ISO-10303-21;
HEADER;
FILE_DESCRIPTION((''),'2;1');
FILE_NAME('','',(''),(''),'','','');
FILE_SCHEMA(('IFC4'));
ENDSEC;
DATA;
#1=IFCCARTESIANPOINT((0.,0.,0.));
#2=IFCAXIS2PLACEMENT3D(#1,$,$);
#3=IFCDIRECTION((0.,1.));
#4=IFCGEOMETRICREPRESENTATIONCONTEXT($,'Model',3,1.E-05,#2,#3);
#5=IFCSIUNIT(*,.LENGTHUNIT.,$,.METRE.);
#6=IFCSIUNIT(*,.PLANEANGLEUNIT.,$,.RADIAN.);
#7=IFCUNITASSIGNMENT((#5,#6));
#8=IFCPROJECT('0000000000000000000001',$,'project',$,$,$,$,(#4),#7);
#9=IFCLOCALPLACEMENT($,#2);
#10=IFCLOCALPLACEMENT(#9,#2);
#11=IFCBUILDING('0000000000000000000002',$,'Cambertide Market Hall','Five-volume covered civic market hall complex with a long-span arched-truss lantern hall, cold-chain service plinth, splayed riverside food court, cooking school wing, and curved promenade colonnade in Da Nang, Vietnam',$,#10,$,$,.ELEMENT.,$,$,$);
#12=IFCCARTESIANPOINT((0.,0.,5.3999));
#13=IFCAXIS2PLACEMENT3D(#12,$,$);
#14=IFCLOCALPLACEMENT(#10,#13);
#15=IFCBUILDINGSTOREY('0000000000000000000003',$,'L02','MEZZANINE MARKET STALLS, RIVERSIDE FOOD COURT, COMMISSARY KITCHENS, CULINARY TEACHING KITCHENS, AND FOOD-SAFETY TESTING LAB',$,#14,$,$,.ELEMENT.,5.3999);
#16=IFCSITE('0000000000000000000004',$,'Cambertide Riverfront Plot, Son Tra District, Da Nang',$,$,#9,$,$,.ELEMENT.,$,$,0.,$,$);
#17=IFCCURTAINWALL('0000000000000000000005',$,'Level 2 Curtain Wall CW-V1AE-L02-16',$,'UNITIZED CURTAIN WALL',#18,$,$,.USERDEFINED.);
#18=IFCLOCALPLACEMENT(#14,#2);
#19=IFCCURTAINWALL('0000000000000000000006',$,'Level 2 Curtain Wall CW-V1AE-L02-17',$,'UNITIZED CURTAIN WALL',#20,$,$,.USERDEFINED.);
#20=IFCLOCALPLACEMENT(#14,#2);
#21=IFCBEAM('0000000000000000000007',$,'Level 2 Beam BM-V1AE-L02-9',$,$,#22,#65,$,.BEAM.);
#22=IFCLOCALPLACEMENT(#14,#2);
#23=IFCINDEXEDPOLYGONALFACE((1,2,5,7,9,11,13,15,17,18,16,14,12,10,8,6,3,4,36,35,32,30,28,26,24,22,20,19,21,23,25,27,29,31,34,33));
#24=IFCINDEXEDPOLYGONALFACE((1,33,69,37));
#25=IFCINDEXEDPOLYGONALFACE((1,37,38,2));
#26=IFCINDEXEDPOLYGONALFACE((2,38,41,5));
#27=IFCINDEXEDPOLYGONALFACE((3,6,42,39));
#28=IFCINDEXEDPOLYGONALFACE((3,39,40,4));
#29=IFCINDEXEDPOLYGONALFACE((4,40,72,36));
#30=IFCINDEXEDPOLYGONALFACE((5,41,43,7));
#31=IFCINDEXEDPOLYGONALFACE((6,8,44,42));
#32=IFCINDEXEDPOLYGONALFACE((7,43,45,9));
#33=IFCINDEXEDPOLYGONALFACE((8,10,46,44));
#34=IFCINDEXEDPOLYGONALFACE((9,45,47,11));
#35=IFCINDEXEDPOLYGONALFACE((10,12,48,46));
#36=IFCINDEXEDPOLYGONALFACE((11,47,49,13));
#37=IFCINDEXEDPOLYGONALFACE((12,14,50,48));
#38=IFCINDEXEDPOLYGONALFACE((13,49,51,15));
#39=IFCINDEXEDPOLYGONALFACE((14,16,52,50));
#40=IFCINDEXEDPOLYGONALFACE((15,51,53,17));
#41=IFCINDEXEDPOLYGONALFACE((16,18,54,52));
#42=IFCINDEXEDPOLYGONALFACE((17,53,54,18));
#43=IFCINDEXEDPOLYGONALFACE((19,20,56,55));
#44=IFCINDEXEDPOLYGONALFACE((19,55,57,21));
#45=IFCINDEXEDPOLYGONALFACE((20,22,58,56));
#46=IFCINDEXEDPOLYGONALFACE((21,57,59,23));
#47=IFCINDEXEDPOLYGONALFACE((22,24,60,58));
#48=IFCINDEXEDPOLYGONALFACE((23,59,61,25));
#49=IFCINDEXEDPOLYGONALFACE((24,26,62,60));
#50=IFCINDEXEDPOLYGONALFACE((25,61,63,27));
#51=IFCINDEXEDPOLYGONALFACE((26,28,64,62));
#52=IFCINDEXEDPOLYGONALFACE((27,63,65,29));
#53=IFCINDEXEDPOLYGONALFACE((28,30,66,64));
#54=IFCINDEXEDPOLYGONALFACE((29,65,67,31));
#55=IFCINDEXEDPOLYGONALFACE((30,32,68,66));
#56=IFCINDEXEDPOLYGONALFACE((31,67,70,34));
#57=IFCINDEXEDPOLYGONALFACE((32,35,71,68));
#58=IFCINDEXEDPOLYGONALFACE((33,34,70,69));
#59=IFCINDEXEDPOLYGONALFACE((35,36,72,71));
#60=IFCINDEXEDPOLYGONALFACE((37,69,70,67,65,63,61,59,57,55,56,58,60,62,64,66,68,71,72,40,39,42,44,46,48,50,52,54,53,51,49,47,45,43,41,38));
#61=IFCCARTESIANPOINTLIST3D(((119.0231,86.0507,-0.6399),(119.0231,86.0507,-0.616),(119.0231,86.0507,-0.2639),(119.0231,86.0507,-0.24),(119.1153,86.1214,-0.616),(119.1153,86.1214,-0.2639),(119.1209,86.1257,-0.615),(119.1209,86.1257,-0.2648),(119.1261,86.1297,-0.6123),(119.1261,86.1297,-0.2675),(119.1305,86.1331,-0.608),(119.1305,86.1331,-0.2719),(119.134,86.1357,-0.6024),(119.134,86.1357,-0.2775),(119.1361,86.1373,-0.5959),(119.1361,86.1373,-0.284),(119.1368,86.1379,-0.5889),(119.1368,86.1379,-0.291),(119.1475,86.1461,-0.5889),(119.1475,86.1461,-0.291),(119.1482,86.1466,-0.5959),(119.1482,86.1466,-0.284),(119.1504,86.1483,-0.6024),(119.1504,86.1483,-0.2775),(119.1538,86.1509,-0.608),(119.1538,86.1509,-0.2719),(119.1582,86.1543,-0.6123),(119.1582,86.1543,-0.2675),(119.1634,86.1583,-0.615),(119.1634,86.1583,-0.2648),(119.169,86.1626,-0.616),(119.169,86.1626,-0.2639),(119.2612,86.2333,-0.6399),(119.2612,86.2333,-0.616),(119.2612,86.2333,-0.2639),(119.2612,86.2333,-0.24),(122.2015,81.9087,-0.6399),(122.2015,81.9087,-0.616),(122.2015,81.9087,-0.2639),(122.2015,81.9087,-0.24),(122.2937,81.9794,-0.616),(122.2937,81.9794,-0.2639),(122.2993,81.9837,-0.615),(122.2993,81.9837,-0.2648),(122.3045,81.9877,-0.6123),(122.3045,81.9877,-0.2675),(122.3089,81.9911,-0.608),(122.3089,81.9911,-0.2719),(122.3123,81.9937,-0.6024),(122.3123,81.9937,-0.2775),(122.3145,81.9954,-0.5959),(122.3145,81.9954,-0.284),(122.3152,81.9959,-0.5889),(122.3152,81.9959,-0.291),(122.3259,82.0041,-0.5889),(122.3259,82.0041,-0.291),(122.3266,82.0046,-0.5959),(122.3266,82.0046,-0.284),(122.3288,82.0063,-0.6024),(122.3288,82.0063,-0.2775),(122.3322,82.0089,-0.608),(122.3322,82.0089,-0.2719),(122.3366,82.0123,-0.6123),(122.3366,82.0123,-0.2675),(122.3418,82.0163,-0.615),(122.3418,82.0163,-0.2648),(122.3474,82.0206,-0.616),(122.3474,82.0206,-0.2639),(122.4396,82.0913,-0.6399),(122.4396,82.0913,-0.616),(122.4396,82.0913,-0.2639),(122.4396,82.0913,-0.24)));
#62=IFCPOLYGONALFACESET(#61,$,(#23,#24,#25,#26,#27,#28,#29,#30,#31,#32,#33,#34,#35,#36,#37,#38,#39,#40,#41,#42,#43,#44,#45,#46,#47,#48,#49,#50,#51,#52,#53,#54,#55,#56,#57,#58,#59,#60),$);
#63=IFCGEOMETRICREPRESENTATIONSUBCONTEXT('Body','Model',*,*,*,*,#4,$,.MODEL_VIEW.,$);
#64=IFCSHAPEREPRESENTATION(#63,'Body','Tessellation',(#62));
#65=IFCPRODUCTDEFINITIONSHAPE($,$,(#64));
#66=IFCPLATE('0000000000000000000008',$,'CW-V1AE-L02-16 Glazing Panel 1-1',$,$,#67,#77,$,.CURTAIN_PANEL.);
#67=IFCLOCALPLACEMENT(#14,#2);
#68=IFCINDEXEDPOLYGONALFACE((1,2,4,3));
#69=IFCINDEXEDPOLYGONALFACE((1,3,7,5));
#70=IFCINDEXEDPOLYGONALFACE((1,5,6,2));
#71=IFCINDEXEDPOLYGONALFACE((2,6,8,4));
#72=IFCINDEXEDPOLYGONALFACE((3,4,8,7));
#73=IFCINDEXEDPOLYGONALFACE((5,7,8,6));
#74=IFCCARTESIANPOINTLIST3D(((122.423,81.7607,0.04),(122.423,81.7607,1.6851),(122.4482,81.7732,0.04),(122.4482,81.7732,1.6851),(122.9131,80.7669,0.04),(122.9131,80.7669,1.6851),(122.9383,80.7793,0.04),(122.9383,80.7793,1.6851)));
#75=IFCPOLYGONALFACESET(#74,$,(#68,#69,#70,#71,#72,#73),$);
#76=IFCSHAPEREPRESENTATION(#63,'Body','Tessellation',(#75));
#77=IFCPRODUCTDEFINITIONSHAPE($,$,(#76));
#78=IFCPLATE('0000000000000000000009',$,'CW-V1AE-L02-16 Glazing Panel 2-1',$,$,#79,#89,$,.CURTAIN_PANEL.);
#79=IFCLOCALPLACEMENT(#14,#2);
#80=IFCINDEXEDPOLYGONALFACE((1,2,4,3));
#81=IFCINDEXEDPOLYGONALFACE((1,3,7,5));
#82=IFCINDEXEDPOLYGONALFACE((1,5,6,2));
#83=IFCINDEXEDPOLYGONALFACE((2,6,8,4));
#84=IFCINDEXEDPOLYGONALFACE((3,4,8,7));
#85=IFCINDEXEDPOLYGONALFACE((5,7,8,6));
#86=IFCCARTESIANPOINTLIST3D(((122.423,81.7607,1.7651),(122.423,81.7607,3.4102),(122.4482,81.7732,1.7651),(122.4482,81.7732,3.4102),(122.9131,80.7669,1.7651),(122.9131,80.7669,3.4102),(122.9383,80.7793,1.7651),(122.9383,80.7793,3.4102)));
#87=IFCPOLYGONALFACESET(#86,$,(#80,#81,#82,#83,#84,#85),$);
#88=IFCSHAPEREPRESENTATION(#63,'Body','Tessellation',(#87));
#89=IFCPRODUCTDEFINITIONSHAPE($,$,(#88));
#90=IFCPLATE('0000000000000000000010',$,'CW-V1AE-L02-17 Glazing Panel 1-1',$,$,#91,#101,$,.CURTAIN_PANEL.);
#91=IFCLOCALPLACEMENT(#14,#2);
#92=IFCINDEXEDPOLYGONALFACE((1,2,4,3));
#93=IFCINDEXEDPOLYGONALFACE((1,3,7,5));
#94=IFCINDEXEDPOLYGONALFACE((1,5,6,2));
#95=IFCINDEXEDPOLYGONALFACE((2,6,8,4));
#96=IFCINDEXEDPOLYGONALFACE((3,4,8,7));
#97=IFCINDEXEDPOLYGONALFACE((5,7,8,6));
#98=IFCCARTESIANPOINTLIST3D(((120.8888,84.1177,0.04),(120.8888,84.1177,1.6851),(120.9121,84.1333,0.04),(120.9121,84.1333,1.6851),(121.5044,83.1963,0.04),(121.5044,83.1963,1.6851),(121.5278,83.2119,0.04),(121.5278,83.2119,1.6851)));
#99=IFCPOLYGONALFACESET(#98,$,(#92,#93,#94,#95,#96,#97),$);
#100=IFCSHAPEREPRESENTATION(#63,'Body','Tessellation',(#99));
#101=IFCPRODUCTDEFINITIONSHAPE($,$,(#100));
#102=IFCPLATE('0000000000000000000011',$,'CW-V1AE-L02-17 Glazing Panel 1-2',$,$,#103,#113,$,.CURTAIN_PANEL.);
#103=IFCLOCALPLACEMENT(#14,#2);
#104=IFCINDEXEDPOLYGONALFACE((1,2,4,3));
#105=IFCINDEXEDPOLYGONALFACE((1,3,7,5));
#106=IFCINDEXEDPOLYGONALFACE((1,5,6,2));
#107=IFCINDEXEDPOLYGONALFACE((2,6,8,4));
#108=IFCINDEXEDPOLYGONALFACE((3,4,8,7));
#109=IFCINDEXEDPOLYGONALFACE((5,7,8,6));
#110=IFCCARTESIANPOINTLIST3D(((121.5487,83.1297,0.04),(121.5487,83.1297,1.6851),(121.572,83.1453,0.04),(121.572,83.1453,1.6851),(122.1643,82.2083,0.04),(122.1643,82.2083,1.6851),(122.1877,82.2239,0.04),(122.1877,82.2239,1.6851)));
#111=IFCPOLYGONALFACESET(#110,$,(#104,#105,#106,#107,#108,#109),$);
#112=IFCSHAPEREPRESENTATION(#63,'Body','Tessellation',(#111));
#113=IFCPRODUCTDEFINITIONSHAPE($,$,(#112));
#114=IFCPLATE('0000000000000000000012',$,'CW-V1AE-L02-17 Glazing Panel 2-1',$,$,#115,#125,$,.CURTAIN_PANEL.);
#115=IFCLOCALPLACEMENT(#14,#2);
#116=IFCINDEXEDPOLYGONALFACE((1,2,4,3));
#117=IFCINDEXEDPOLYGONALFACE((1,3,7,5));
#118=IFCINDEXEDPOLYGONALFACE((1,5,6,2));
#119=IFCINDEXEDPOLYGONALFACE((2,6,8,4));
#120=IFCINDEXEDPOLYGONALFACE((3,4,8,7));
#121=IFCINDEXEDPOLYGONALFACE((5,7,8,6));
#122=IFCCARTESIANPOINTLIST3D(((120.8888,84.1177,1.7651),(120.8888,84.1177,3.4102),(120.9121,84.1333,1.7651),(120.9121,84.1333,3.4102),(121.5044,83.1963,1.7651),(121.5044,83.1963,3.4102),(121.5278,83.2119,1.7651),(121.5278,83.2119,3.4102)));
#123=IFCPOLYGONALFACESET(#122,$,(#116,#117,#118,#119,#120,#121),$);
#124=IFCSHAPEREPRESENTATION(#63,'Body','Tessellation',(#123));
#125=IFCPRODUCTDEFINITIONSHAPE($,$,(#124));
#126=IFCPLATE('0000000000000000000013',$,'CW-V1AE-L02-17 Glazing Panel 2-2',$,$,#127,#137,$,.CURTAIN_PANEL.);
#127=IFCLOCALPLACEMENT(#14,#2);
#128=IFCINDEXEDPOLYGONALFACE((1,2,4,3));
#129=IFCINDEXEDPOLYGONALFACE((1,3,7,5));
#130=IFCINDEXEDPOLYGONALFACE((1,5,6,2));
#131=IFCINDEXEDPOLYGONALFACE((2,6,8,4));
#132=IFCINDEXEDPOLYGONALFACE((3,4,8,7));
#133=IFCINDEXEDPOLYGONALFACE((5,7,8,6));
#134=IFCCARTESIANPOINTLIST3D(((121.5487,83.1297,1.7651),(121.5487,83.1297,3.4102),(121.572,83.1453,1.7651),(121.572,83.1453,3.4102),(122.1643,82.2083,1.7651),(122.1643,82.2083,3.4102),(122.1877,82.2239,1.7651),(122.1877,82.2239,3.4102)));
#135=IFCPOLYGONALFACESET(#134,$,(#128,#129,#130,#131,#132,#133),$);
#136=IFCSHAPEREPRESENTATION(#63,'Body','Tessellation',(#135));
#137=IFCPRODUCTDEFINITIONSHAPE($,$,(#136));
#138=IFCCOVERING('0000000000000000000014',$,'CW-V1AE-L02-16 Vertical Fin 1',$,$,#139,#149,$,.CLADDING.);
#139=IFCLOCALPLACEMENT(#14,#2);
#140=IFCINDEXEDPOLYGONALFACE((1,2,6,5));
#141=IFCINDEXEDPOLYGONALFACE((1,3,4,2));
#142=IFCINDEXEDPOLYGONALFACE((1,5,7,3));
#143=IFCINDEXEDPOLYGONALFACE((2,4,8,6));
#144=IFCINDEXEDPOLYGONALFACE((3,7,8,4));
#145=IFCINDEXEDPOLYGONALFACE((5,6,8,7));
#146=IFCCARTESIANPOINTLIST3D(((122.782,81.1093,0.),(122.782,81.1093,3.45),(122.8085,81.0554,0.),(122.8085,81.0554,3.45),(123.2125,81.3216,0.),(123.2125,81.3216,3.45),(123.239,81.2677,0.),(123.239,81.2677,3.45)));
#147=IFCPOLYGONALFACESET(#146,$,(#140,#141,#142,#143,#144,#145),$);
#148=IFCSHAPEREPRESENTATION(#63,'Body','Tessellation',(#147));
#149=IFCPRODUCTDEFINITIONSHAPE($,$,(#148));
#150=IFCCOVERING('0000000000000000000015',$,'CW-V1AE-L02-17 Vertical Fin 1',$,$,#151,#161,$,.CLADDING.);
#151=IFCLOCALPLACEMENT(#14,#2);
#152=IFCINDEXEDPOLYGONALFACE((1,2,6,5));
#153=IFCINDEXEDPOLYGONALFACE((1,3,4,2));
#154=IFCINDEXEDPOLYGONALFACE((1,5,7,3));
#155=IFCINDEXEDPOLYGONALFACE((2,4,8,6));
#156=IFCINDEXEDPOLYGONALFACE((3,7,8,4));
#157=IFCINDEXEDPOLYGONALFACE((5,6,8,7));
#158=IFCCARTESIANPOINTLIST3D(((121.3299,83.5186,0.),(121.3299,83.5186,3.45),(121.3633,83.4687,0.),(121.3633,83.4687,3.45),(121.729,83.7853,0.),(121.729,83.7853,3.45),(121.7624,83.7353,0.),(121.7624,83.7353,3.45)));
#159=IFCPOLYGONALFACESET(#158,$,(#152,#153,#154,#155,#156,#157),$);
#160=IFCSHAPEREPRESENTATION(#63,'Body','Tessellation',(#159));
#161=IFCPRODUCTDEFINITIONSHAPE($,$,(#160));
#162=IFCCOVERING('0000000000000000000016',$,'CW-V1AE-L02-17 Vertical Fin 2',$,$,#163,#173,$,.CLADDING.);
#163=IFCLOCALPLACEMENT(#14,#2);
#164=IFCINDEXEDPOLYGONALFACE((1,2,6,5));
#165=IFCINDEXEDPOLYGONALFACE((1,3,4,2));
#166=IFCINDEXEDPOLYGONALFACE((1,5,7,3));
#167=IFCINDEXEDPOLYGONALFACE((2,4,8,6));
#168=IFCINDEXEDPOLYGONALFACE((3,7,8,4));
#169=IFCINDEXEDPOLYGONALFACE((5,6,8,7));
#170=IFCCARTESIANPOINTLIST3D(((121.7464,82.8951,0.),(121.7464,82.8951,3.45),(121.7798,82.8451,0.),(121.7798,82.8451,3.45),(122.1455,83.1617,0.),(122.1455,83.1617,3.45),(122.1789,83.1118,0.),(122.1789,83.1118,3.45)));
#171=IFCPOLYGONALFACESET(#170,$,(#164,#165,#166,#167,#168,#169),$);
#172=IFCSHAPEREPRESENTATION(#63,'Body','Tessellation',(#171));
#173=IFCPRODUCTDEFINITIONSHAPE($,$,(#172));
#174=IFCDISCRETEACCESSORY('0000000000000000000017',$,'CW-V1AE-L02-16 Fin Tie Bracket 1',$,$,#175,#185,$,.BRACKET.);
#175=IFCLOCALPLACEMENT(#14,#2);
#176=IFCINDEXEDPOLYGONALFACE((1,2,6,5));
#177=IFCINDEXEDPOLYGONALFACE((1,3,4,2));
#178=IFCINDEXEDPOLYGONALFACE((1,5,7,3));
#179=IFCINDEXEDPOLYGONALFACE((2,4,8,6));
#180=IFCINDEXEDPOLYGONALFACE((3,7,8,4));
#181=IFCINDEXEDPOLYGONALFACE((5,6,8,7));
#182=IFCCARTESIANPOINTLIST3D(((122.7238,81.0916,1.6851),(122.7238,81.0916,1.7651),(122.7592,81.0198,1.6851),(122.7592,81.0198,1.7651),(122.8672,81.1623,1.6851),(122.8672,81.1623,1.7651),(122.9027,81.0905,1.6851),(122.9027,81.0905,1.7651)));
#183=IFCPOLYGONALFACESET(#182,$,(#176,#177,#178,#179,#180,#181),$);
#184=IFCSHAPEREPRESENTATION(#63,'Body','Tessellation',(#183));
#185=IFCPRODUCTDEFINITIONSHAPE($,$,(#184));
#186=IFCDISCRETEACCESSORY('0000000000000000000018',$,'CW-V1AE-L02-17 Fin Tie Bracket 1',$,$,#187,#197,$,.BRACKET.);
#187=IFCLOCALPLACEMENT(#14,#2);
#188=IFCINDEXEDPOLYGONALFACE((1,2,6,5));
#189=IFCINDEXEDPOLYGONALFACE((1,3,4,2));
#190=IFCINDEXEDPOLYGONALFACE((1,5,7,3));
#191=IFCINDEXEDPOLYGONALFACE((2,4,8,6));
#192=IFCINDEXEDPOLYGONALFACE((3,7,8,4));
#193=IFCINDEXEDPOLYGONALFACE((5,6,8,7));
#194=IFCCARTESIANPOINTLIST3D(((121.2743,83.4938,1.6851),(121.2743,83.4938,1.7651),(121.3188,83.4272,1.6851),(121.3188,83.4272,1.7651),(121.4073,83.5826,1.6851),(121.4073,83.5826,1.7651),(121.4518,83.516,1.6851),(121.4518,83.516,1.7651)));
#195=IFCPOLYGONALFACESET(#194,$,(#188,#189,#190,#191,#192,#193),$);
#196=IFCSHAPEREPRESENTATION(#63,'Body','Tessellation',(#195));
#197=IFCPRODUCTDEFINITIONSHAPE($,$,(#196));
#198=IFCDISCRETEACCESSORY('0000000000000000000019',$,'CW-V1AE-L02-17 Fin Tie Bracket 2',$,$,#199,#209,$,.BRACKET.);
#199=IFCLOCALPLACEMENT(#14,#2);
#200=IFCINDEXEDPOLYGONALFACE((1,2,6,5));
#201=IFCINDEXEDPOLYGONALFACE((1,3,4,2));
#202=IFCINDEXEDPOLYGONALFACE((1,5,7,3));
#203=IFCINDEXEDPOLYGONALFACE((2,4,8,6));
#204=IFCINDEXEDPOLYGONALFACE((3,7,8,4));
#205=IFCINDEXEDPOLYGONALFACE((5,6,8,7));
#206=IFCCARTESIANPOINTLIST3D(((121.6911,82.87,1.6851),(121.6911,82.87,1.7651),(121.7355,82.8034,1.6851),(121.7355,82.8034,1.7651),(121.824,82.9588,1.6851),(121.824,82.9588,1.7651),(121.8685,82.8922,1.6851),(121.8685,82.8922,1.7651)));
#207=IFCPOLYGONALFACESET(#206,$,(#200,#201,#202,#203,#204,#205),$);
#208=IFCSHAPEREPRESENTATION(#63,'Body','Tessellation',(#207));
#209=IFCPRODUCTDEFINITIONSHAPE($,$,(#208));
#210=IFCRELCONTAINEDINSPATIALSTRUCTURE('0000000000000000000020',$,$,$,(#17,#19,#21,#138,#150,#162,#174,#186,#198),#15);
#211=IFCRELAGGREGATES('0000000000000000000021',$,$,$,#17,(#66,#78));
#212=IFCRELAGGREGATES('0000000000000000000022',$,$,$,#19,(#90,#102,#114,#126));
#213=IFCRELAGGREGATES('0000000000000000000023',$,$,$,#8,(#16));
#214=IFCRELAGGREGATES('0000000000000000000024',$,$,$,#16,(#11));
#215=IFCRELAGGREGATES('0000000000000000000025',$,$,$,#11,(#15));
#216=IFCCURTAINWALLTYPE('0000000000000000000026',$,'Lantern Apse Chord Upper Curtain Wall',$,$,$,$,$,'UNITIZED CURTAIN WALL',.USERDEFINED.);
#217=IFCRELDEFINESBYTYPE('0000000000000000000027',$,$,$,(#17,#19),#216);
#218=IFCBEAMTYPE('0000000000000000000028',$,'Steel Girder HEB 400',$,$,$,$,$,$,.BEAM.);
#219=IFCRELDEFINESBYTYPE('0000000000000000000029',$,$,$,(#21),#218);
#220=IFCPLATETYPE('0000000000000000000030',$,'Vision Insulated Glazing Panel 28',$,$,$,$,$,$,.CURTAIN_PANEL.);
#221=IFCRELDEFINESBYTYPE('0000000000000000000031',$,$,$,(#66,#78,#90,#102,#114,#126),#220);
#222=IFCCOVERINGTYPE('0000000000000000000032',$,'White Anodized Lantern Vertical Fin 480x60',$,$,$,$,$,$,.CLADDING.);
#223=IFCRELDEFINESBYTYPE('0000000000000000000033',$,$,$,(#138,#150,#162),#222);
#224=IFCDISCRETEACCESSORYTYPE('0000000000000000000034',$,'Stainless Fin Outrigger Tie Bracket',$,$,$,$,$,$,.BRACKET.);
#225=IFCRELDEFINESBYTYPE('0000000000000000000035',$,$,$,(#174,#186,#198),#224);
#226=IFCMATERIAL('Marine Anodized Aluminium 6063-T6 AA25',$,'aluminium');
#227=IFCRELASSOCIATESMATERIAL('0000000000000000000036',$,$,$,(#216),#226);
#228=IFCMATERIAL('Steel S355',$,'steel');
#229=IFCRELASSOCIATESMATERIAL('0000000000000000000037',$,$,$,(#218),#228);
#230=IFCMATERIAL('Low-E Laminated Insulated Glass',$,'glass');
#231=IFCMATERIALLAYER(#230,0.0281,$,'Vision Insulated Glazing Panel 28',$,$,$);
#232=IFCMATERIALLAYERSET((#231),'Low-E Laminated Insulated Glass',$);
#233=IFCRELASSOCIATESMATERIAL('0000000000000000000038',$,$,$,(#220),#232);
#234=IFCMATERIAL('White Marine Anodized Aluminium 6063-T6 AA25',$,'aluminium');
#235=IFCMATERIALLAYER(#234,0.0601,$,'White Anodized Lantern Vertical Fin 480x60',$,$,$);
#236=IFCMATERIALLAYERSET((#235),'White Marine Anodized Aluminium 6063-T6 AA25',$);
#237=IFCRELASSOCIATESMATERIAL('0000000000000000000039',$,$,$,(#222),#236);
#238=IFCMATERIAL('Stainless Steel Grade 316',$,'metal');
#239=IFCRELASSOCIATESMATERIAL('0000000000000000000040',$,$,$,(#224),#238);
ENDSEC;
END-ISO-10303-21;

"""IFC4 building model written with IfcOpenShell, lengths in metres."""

from ifc_helpers import new_model, si_unit, direction, frame, origin, origin_2d, place, context, subcontext, project, spatial, rectangle, i_section, extrude, material, layer, layer_set, material_profile, profile_set, type_object, element, aggregate, save


model = new_model("IFC4")

# Units and contexts
model_context = context("Model", 3, precision=1e-05, world=origin(), true_north=direction((0.0, 1.0)))
body_context = subcontext(model_context, "Body", "Model", "MODEL_VIEW")
ifc_project = project(units=[si_unit("LENGTHUNIT", "METRE"), si_unit("PLANEANGLEUNIT", "RADIAN")], contexts=[model_context])

# Site, building, storey
site_placement = place(None, origin())
site = spatial("IfcSite", under=ifc_project, at=site_placement, Name="Cambertide Riverfront Plot, Son Tra District, Da Nang", CompositionType="ELEMENT", RefElevation=0.0)
building_placement = place(site_placement, origin())
building = spatial("IfcBuilding", under=site, at=building_placement, Name="Cambertide Market Hall", Description="Five-volume covered civic market hall complex with a long-span arched-truss lantern hall, cold-chain service plinth, splayed riverside food court, cooking school wing, and curved promenade colonnade in Da Nang, Vietnam", CompositionType="ELEMENT")
storey_placement = place(building_placement, frame((0.0, 0.0, 5.3999)))
storey = spatial("IfcBuildingStorey", under=building, at=storey_placement, Name="L02", Description="MEZZANINE MARKET STALLS, RIVERSIDE FOOD COURT, COMMISSARY KITCHENS, CULINARY TEACHING KITCHENS, AND FOOD-SAFETY TESTING LAB", CompositionType="ELEMENT", Elevation=5.3999)

# Curtain walls
ifc_material_1 = material(Name="Marine Anodized Aluminium 6063-T6 AA25", Category="aluminium")
curtain_wall_type = type_object("IfcCurtainWallType", Name="Lantern Apse Chord Upper Curtain Wall", ElementType="UNITIZED CURTAIN WALL", PredefinedType="USERDEFINED", material=ifc_material_1)
curtain_wall_1_placement = place(storey_placement, origin())
curtain_wall_1 = element("IfcCurtainWall", 1, at=curtain_wall_1_placement, inside=storey, type_object=curtain_wall_type, Name="Level 2 Curtain Wall CW-V1AE-L02-16", ObjectType="UNITIZED CURTAIN WALL", PredefinedType="USERDEFINED")
curtain_wall_2_placement = place(storey_placement, origin())
curtain_wall_2 = element("IfcCurtainWall", 2, at=curtain_wall_2_placement, inside=storey, type_object=curtain_wall_type, Name="Level 2 Curtain Wall CW-V1AE-L02-17", ObjectType="UNITIZED CURTAIN WALL", PredefinedType="USERDEFINED")

# Beam
ifc_material_2 = material(Name="Steel S355", Category="steel")
ifc_material_profile_1 = material_profile(ifc_material_2, i_section(OverallWidth=0.3, OverallDepth=0.3999, WebThickness=0.0134, FlangeThickness=0.0239, FilletRadius=0.0271, at=origin_2d()), Name="HEB 400")
ifc_profile_set_1 = profile_set([ifc_material_profile_1], Name="Steel S355")
beam_type_1 = type_object("IfcBeamType", Name="Steel Girder HEB 400", PredefinedType="BEAM", material=ifc_profile_set_1)
beam_1_placement = place(storey_placement, frame((122.3206, 82.0, -0.4399), z_axis=(-0.608777, 0.793341, 0.0), x_axis=(-0.793341, -0.608777, 0.0)))
element("IfcBeam", 3, at=beam_1_placement, inside=storey, type_object=beam_type_1, Name="Level 2 Beam BM-V1AE-L02-9", PredefinedType="BEAM", context=body_context, shape_type="SweptSolid", body=[
    extrude(i_section(OverallWidth=0.3, OverallDepth=0.3999, WebThickness=0.0134, FlangeThickness=0.0239, FilletRadius=0.0271, at=origin_2d()), origin(), (0.0, 0.0, 1.0), 5.2209),
])

# Plates
ifc_material_3 = material(Name="Low-E Laminated Insulated Glass", Category="glass")
ifc_layer_1 = layer(ifc_material_3, 0.0281, Name="Vision Insulated Glazing Panel 28")
ifc_layer_set_1 = layer_set([ifc_layer_1], Name="Low-E Laminated Insulated Glass")
plate_type = type_object("IfcPlateType", Name="Vision Insulated Glazing Panel 28", PredefinedType="CURTAIN_PANEL", material=ifc_layer_set_1)
plate_1_placement = place(storey_placement, frame((122.6807, 81.27, 0.04), z_axis=(0.0, 0.0, 1.0), x_axis=(0.442289, -0.896873, 0.0)))
plate_1 = element("IfcPlate", 4, at=plate_1_placement, type_object=plate_type, Name="CW-V1AE-L02-16 Glazing Panel 1-1", PredefinedType="CURTAIN_PANEL", context=body_context, shape_type="SweptSolid", body=[
    extrude(rectangle(XDim=1.1082, YDim=0.0281, at=origin_2d()), origin(), (0.0, 0.0, 1.0), 1.645),
])
plate_2_placement = place(storey_placement, frame((122.6807, 81.27, 1.7651), z_axis=(0.0, 0.0, 1.0), x_axis=(0.442289, -0.896873, 0.0)))
plate_2 = element("IfcPlate", 5, at=plate_2_placement, type_object=plate_type, Name="CW-V1AE-L02-16 Glazing Panel 2-1", PredefinedType="CURTAIN_PANEL", context=body_context, shape_type="SweptSolid", body=[
    extrude(rectangle(XDim=1.1082, YDim=0.0281, at=origin_2d()), origin(), (0.0, 0.0, 1.0), 1.645),
])
aggregate(curtain_wall_1, [plate_1, plate_2])
plate_3_placement = place(storey_placement, frame((121.2083, 83.6648, 0.04), z_axis=(0.0, 0.0, 1.0), x_axis=(0.55557, -0.83147, 0.0)))
plate_3 = element("IfcPlate", 6, at=plate_3_placement, type_object=plate_type, Name="CW-V1AE-L02-17 Glazing Panel 1-1", PredefinedType="CURTAIN_PANEL", context=body_context, shape_type="SweptSolid", body=[
    extrude(rectangle(XDim=1.1082, YDim=0.0281, at=origin_2d()), origin(), (0.0, 0.0, 1.0), 1.645),
])
plate_4_placement = place(storey_placement, frame((121.8682, 82.6768, 0.04), z_axis=(0.0, 0.0, 1.0), x_axis=(0.55557, -0.83147, 0.0)))
plate_4 = element("IfcPlate", 7, at=plate_4_placement, type_object=plate_type, Name="CW-V1AE-L02-17 Glazing Panel 1-2", PredefinedType="CURTAIN_PANEL", context=body_context, shape_type="SweptSolid", body=[
    extrude(rectangle(XDim=1.1082, YDim=0.0281, at=origin_2d()), origin(), (0.0, 0.0, 1.0), 1.645),
])
plate_5_placement = place(storey_placement, frame((121.2083, 83.6648, 1.7651), z_axis=(0.0, 0.0, 1.0), x_axis=(0.55557, -0.83147, 0.0)))
plate_5 = element("IfcPlate", 8, at=plate_5_placement, type_object=plate_type, Name="CW-V1AE-L02-17 Glazing Panel 2-1", PredefinedType="CURTAIN_PANEL", context=body_context, shape_type="SweptSolid", body=[
    extrude(rectangle(XDim=1.1082, YDim=0.0281, at=origin_2d()), origin(), (0.0, 0.0, 1.0), 1.645),
])
plate_6_placement = place(storey_placement, frame((121.8682, 82.6768, 1.7651), z_axis=(0.0, 0.0, 1.0), x_axis=(0.55557, -0.83147, 0.0)))
plate_6 = element("IfcPlate", 9, at=plate_6_placement, type_object=plate_type, Name="CW-V1AE-L02-17 Glazing Panel 2-2", PredefinedType="CURTAIN_PANEL", context=body_context, shape_type="SweptSolid", body=[
    extrude(rectangle(XDim=1.1082, YDim=0.0281, at=origin_2d()), origin(), (0.0, 0.0, 1.0), 1.645),
])
aggregate(curtain_wall_2, [plate_3, plate_4, plate_5, plate_6])

# Coverings
ifc_material_4 = material(Name="White Marine Anodized Aluminium 6063-T6 AA25", Category="aluminium")
ifc_layer_2 = layer(ifc_material_4, 0.0601, Name="White Anodized Lantern Vertical Fin 480x60")
ifc_layer_set_2 = layer_set([ifc_layer_2], Name="White Marine Anodized Aluminium 6063-T6 AA25")
covering_type = type_object("IfcCoveringType", Name="White Anodized Lantern Vertical Fin 480x60", PredefinedType="CLADDING", material=ifc_layer_set_2)
for number, where, z_axis, x_axis, name in (
    (10, (123.0105, 81.1885, 0.0), (0.0, 0.0, 1.0), (0.442289, -0.896873, 0.0), "CW-V1AE-L02-16 Vertical Fin 1"),
    (11, (121.5461, 83.627, 0.0), (0.0, 0.0, 1.0), (0.55557, -0.83147, 0.0), "CW-V1AE-L02-17 Vertical Fin 1"),
    (12, (121.9626, 83.0034, 0.0), (0.0, 0.0, 1.0), (0.55557, -0.83147, 0.0), "CW-V1AE-L02-17 Vertical Fin 2"),
):
    element("IfcCovering", number, at=place(storey_placement, frame(where, z_axis=z_axis, x_axis=x_axis)), inside=storey, type_object=covering_type, Name=name, PredefinedType="CLADDING", context=body_context, shape_type="SweptSolid", body=[
        extrude(rectangle(XDim=0.0601, YDim=0.48, at=origin_2d()), origin(), (0.0, 0.0, 1.0), 3.45),
    ])

# Discrete accessories
ifc_material_5 = material(Name="Stainless Steel Grade 316", Category="metal")
discrete_accessory_type = type_object("IfcDiscreteAccessoryType", Name="Stainless Fin Outrigger Tie Bracket", PredefinedType="BRACKET", material=ifc_material_5)
for number, where, z_axis, x_axis, name in (
    (13, (122.8132, 81.0911, 1.6851), (0.0, 0.0, 1.0), (0.442289, -0.896873, 0.0), "CW-V1AE-L02-16 Fin Tie Bracket 1"),
    (14, (121.363, 83.5049, 1.6851), (0.0, 0.0, 1.0), (0.55557, -0.83147, 0.0), "CW-V1AE-L02-17 Fin Tie Bracket 1"),
    (15, (121.7798, 82.8811, 1.6851), (0.0, 0.0, 1.0), (0.55557, -0.83147, 0.0), "CW-V1AE-L02-17 Fin Tie Bracket 2"),
):
    element("IfcDiscreteAccessory", number, at=place(storey_placement, frame(where, z_axis=z_axis, x_axis=x_axis)), inside=storey, type_object=discrete_accessory_type, Name=name, PredefinedType="BRACKET", context=body_context, shape_type="SweptSolid", body=[
        extrude(rectangle(XDim=0.0801, YDim=0.1599, at=origin_2d()), origin(), (0.0, 0.0, 1.0), 0.0801),
    ])

save(model, "model.ifc")
